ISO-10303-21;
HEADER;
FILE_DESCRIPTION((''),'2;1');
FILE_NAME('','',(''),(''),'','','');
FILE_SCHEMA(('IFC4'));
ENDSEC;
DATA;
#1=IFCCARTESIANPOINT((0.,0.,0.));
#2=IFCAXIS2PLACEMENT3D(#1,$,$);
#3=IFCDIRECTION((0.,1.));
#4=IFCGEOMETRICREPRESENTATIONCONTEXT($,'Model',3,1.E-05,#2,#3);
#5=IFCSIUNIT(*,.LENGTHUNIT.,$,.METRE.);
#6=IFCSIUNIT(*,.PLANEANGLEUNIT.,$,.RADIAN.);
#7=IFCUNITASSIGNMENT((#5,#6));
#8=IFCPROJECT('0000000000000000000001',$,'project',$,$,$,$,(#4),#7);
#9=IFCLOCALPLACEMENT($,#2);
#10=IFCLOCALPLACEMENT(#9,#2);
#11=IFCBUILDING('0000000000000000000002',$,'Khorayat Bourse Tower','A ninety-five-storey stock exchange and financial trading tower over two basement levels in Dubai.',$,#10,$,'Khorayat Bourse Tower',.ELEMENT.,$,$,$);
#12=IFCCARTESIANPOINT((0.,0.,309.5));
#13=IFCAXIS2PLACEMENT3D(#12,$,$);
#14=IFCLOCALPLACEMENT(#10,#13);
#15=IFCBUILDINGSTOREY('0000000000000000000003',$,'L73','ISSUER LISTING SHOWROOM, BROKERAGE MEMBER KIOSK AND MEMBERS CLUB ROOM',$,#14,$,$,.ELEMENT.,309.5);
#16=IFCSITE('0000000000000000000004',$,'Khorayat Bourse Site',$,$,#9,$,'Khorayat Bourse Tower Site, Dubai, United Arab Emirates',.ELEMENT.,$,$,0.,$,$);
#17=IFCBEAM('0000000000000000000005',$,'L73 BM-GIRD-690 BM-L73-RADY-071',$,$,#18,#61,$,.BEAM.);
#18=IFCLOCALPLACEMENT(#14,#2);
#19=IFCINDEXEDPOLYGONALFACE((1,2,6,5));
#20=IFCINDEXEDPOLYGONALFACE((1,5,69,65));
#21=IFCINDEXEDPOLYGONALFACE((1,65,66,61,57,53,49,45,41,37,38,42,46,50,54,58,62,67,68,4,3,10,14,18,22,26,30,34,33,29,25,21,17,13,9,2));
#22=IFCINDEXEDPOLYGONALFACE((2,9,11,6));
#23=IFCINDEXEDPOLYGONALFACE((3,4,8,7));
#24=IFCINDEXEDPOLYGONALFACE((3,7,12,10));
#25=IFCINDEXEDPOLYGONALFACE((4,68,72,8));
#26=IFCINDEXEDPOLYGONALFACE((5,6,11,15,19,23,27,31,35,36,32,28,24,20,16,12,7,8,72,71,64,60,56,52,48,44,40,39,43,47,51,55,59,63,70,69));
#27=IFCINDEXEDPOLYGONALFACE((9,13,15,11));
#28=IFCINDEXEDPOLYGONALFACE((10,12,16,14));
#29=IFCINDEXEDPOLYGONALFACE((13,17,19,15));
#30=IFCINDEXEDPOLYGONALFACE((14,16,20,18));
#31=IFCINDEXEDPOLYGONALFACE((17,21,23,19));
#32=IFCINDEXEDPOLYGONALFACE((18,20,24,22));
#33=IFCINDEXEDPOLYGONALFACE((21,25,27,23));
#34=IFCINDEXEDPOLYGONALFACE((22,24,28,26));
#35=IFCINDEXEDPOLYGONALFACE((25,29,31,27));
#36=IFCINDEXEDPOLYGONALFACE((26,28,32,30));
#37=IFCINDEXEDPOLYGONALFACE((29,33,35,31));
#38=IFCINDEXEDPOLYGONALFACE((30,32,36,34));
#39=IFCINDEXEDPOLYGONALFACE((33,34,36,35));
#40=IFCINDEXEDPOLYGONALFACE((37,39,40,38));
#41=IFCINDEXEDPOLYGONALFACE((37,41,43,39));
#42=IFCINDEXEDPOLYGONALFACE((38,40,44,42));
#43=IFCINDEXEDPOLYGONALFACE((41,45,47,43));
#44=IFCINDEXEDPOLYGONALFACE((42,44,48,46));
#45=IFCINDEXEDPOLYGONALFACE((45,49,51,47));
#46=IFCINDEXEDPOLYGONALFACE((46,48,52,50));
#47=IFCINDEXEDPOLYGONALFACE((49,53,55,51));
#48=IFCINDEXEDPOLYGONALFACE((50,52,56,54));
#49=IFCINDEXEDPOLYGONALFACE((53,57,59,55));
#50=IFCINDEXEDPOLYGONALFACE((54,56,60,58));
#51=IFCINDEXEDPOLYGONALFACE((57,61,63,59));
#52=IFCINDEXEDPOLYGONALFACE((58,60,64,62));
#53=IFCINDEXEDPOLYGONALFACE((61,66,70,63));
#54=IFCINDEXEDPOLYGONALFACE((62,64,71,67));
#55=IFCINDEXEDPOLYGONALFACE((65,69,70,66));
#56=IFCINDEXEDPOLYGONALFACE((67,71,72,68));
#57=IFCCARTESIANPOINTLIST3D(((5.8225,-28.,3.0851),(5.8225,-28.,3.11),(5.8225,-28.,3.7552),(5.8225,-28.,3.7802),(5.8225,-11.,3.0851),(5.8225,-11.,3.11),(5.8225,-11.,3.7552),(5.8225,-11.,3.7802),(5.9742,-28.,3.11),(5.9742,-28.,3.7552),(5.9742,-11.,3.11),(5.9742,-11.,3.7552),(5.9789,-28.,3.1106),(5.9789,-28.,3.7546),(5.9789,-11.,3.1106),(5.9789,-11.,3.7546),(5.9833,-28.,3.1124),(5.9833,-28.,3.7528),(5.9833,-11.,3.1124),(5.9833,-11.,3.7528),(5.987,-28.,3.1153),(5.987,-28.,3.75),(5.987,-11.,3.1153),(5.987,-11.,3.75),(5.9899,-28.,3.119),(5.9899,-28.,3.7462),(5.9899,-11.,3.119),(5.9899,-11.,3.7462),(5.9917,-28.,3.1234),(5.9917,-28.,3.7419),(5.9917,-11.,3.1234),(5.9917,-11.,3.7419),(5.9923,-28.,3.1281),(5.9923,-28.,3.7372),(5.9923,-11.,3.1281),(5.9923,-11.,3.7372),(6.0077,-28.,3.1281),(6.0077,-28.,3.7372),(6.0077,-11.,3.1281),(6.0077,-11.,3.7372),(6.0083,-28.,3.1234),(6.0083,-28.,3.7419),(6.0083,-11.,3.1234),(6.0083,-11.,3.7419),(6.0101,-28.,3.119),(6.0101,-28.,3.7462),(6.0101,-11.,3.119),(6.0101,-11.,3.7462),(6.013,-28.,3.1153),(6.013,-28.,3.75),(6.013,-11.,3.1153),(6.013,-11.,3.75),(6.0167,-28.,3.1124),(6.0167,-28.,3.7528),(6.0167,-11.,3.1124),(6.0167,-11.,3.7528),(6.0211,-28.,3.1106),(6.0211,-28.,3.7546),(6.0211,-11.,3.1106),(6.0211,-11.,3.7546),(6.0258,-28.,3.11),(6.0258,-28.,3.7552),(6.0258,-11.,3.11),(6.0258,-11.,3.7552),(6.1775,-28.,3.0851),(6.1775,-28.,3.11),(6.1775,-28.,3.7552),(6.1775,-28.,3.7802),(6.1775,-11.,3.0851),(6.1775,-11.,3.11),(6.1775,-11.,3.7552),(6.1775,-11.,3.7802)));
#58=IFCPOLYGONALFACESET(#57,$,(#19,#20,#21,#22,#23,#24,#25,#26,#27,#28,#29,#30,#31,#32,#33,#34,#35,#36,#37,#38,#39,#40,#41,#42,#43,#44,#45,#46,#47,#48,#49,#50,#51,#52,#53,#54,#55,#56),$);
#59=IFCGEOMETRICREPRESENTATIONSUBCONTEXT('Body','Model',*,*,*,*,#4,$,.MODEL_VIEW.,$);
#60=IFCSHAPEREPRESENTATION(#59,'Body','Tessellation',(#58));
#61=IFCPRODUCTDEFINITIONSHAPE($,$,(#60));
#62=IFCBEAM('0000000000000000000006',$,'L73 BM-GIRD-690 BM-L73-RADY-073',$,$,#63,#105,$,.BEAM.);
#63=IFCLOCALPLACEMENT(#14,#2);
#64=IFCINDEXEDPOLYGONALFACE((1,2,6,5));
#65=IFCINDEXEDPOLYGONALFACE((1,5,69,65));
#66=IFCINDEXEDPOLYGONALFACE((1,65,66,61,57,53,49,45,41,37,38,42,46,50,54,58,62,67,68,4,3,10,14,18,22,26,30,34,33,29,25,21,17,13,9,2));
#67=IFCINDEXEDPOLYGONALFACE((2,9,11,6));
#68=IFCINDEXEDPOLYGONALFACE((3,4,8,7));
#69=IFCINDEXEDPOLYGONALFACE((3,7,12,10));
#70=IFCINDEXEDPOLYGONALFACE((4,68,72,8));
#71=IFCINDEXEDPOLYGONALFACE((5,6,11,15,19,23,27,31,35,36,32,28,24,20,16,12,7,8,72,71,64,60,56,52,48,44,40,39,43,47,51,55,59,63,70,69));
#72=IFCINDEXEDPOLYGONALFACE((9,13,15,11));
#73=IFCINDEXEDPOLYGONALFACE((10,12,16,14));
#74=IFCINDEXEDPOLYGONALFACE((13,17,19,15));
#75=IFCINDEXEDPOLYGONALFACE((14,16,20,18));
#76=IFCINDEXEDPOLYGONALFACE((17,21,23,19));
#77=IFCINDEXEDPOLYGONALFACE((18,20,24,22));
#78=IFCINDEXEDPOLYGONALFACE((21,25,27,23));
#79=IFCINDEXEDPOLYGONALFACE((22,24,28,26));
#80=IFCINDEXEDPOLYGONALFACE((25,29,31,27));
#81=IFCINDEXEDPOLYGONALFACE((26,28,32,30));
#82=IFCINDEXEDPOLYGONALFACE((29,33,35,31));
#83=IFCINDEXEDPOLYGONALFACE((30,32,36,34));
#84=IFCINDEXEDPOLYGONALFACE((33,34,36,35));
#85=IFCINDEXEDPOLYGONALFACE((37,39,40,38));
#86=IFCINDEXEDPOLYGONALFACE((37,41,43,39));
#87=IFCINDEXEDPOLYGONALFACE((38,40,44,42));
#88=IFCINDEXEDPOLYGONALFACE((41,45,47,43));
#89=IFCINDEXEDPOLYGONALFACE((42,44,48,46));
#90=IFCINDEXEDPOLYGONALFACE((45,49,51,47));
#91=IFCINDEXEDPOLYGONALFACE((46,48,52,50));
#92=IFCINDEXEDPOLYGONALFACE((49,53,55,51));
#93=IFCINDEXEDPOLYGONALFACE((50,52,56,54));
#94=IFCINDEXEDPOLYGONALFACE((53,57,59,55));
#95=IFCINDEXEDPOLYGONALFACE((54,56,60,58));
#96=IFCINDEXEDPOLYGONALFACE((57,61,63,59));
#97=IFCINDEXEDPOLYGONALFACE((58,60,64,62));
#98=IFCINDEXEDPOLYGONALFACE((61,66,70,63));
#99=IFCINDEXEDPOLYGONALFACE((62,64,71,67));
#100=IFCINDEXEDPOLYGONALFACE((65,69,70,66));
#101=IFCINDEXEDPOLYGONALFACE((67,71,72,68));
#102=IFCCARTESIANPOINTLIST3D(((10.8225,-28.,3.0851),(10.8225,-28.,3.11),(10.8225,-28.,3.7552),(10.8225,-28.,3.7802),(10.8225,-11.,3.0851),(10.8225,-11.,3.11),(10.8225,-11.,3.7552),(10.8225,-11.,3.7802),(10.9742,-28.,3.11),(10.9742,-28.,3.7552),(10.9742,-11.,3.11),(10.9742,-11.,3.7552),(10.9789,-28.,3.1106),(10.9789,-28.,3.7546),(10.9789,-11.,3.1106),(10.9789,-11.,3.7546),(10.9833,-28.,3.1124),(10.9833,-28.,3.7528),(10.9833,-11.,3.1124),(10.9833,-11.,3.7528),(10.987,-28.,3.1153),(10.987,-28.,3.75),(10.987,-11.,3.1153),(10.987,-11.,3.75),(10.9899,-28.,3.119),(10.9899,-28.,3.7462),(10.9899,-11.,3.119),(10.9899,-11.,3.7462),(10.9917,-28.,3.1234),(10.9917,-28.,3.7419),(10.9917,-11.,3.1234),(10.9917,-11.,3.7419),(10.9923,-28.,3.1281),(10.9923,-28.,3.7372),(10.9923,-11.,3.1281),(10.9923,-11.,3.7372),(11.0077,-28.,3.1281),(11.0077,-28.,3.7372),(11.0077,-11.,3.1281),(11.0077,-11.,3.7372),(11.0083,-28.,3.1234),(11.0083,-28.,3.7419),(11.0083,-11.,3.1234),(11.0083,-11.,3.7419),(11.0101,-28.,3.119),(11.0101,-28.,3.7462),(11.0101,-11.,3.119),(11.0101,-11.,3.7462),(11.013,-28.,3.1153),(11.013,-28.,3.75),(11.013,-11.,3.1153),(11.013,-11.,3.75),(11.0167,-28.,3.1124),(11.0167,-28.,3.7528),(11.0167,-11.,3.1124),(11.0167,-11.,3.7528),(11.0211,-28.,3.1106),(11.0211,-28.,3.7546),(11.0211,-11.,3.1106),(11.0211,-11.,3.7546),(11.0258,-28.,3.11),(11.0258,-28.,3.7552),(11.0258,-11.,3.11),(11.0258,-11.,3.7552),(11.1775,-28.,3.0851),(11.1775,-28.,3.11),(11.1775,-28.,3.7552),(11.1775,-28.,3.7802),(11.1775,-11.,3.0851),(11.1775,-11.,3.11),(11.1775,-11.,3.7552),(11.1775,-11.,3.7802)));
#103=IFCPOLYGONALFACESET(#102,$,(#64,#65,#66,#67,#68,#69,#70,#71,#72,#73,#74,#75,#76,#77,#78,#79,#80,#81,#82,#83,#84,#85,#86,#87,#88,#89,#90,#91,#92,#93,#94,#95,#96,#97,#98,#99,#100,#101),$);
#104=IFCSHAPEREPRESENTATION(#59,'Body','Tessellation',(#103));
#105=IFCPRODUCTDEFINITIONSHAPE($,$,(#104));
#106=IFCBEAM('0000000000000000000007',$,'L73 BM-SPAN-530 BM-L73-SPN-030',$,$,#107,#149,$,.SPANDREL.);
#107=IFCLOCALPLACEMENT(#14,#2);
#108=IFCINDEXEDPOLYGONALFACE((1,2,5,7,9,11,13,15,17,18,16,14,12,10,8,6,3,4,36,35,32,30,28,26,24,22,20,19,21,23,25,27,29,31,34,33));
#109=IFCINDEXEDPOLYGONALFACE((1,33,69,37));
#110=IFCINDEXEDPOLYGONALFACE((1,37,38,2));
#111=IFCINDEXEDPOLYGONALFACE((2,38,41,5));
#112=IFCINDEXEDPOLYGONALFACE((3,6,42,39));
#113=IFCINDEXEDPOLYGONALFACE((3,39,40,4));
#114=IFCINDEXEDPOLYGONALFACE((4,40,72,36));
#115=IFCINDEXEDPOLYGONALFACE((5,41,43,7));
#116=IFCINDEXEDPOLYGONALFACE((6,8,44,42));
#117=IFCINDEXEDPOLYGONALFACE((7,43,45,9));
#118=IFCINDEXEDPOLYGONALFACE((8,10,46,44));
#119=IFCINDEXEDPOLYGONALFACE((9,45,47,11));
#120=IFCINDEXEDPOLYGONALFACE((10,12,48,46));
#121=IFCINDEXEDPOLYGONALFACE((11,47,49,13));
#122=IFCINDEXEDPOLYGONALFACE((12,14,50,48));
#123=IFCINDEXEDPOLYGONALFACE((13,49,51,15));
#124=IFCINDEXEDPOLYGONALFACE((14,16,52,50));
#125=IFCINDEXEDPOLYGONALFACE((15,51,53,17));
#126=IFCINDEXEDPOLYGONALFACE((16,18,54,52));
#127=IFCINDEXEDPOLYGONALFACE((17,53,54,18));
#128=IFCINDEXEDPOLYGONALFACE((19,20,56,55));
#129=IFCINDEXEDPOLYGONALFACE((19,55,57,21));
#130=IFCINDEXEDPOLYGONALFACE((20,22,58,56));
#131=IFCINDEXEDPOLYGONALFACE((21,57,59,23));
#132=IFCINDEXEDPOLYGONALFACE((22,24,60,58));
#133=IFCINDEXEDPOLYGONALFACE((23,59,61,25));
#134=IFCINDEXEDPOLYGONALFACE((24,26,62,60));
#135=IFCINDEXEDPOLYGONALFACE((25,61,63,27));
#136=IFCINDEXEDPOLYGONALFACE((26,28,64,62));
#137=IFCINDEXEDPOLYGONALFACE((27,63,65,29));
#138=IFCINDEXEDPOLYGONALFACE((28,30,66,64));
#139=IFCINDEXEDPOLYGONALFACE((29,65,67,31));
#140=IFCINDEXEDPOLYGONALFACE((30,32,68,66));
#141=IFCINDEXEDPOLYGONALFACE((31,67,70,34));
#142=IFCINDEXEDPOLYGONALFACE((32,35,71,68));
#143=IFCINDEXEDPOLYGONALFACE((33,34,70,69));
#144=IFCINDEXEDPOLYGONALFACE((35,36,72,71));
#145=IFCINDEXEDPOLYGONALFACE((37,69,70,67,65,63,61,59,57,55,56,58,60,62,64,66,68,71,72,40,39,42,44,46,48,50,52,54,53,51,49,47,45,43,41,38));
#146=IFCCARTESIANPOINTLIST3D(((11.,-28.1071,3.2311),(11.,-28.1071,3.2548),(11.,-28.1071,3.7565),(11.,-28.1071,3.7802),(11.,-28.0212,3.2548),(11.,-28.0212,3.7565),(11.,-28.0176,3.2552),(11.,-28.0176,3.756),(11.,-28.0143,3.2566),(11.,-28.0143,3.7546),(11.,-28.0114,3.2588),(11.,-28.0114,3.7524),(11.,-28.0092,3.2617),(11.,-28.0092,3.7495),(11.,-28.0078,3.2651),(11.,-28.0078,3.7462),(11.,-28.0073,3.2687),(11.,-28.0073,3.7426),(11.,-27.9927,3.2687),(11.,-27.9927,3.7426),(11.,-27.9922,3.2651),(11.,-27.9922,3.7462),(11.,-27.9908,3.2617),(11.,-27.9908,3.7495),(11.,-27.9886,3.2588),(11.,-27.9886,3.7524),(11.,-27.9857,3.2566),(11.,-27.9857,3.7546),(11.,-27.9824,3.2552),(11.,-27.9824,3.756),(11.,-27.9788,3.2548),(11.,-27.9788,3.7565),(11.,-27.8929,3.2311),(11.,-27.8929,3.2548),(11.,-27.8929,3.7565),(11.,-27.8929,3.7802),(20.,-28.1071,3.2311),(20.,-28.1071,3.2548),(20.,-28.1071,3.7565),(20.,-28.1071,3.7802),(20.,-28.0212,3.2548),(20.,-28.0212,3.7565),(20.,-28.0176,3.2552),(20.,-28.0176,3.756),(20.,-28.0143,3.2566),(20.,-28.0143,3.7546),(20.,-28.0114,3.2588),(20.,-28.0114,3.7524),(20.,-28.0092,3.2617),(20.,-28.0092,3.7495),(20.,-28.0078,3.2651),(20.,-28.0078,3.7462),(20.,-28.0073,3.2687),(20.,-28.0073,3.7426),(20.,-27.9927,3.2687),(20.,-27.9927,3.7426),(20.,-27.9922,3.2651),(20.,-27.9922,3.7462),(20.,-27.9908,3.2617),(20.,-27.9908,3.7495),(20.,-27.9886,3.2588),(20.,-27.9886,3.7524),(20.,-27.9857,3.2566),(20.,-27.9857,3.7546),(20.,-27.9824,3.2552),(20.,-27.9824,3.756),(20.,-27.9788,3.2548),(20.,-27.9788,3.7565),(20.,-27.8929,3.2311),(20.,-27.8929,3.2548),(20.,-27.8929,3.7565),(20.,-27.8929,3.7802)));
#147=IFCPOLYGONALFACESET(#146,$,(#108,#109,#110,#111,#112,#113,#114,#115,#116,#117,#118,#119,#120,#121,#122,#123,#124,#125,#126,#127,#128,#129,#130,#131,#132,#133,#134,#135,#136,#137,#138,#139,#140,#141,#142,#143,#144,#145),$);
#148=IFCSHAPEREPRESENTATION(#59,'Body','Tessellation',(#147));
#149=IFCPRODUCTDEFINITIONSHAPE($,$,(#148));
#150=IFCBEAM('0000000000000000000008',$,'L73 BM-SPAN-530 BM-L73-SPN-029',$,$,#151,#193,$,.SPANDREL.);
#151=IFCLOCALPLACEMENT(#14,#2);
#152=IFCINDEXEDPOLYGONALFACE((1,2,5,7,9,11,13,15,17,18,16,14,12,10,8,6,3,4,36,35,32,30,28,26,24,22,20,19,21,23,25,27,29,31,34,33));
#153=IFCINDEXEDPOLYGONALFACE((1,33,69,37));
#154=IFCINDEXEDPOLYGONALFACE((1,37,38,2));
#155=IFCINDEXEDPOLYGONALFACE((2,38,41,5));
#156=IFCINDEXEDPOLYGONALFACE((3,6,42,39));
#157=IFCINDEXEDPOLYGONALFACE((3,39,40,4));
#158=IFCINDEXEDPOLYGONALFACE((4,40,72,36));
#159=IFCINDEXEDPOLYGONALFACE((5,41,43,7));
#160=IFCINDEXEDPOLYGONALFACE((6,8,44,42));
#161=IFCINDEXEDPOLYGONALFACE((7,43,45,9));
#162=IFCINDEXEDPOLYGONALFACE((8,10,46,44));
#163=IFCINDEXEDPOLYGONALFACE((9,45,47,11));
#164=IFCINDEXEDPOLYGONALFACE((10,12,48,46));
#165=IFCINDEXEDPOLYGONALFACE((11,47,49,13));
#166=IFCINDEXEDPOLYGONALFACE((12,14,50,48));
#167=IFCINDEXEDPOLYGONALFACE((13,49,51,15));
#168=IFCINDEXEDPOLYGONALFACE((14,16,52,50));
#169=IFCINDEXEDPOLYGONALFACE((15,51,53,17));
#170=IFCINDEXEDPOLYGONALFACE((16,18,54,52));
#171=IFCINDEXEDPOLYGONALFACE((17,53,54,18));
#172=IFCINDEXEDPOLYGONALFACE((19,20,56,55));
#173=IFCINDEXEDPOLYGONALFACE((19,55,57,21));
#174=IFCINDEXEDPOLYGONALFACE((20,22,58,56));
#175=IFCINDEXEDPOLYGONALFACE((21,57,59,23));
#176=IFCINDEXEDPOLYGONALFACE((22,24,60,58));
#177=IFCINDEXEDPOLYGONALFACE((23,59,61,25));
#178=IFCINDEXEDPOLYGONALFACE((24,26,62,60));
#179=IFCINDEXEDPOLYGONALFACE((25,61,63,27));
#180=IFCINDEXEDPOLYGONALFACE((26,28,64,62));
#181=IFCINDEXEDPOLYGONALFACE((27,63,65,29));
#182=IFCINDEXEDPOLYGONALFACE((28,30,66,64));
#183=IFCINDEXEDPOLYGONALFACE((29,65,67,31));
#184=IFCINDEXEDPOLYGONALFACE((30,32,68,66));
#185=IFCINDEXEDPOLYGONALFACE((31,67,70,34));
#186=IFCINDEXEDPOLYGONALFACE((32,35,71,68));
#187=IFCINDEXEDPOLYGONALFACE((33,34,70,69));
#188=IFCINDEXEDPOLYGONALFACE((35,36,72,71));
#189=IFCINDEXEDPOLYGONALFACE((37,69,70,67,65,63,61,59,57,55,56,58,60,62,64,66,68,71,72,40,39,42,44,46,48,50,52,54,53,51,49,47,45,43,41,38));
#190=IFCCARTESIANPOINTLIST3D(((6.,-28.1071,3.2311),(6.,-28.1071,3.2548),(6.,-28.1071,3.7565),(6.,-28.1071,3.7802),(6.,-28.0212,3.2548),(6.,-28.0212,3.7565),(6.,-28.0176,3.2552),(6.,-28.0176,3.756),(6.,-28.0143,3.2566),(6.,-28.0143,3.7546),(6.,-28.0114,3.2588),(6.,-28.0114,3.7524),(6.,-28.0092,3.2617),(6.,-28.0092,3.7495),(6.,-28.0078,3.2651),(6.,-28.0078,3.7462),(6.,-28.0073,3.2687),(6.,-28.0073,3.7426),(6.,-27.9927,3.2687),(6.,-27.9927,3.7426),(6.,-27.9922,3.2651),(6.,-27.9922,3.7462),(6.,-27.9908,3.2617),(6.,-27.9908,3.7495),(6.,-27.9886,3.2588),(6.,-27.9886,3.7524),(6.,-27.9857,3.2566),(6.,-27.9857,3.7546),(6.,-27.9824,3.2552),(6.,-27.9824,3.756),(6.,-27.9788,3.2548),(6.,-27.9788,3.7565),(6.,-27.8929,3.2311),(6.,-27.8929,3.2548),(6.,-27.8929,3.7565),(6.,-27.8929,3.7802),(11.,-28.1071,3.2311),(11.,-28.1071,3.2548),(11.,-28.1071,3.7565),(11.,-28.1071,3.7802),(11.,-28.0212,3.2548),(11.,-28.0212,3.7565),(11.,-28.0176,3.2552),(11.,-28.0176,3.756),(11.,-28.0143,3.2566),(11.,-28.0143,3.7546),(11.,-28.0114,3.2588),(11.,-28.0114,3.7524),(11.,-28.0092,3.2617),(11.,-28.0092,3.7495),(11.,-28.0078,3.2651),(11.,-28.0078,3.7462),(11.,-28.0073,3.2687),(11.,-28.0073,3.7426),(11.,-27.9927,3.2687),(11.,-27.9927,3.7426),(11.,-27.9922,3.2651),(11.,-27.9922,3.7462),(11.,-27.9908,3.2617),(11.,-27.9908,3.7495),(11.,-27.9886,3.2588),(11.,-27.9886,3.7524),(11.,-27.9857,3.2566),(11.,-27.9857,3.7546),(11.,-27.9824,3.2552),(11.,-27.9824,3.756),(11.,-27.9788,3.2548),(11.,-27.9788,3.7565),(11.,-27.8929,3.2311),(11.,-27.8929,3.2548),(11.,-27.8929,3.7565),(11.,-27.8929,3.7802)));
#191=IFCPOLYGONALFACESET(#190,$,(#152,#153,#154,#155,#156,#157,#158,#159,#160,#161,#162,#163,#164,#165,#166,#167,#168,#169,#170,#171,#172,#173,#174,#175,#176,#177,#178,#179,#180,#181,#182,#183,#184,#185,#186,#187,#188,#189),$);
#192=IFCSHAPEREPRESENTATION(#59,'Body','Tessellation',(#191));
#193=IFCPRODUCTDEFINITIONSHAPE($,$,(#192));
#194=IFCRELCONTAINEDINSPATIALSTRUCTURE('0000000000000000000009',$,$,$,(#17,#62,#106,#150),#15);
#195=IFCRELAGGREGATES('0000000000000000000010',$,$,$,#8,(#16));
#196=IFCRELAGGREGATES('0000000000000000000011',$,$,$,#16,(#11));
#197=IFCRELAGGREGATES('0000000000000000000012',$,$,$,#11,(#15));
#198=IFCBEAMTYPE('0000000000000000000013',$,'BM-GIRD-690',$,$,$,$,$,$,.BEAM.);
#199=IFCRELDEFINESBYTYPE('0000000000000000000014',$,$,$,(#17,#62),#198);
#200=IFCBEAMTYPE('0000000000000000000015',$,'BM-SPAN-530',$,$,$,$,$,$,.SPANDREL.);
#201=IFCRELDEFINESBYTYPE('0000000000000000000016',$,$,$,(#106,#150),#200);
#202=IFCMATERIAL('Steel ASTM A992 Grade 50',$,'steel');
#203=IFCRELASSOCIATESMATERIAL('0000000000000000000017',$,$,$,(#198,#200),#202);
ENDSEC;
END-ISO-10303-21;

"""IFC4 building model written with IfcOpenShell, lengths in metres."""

from ifc_helpers import new_model, si_unit, direction, frame, origin, origin_2d, place, context, subcontext, project, spatial, i_section, extrude, source, transform, mapped, material, material_profile, profile_set, type_object, element, save


model = new_model("IFC4")

# Units and contexts
model_context = context("Model", 3, precision=1e-05, world=origin(), true_north=direction((0.0, 1.0)))
body_context = subcontext(model_context, "Body", "Model", "MODEL_VIEW")
ifc_project = project(units=[si_unit("LENGTHUNIT", "METRE"), si_unit("PLANEANGLEUNIT", "RADIAN")], contexts=[model_context])

# Site, building, storey
site_placement = place(None, origin())
site = spatial("IfcSite", under=ifc_project, at=site_placement, Name="Khorayat Bourse Site", LongName="Khorayat Bourse Tower Site, Dubai, United Arab Emirates", CompositionType="ELEMENT", RefElevation=0.0)
building_placement = place(site_placement, origin())
building = spatial("IfcBuilding", under=site, at=building_placement, Name="Khorayat Bourse Tower", Description="A ninety-five-storey stock exchange and financial trading tower over two basement levels in Dubai.", LongName="Khorayat Bourse Tower", CompositionType="ELEMENT")
storey_placement = place(building_placement, frame((0.0, 0.0, 309.5)))
storey = spatial("IfcBuildingStorey", under=building, at=storey_placement, Name="L73", Description="ISSUER LISTING SHOWROOM, BROKERAGE MEMBER KIOSK AND MEMBERS CLUB ROOM", CompositionType="ELEMENT", Elevation=309.5)

# Shared definitions
ifc_material_1 = material(Name="Steel ASTM A992 Grade 50", Category="steel")
ifc_material_profile_1 = material_profile(ifc_material_1, i_section(OverallWidth=0.355, OverallDepth=0.6951, WebThickness=0.0154, FlangeThickness=0.0249, FilletRadius=0.0181, at=origin_2d()), Name="W690X217")
ifc_profile_set_1 = profile_set([ifc_material_profile_1], Name="Steel ASTM A992 Grade 50")
beam_type_1 = type_object("IfcBeamType", Name="BM-GIRD-690", PredefinedType="BEAM", material=ifc_profile_set_1)

# Beams
shared_shape_1 = source(origin(), body_context, "Body", "SweptSolid", [
    extrude(i_section(OverallWidth=0.355, OverallDepth=0.6951, WebThickness=0.0154, FlangeThickness=0.0249, FilletRadius=0.0181, at=origin_2d()), origin(), (0.0, 0.0, 1.0), 17.0),
])
for number, where, z_axis, x_axis, name in (
    (1, (6.0, -28.0, 3.4326), (0.0, 1.0, 0.0), (-1.0, 0.0, 0.0), "L73 BM-GIRD-690 BM-L73-RADY-071"),
    (2, (11.0, -28.0, 3.4326), (0.0, 1.0, 0.0), (-1.0, 0.0, 0.0), "L73 BM-GIRD-690 BM-L73-RADY-073"),
):
    element("IfcBeam", number, at=place(storey_placement, frame(where, z_axis=z_axis, x_axis=x_axis)), inside=storey, type_object=beam_type_1, Name=name, PredefinedType="BEAM", context=body_context, shape_type="MappedRepresentation", body=[
        mapped(shared_shape_1, transform((0.0, 0.0, 0.0), scale=1.0)),
    ])
ifc_material_profile_2 = material_profile(ifc_material_1, i_section(OverallWidth=0.2141, OverallDepth=0.5491, WebThickness=0.0146, FlangeThickness=0.0237, FilletRadius=0.0139, at=origin_2d()), Name="W530X138")
ifc_profile_set_2 = profile_set([ifc_material_profile_2], Name="Steel ASTM A992 Grade 50")
beam_type_2 = type_object("IfcBeamType", Name="BM-SPAN-530", PredefinedType="SPANDREL", material=ifc_profile_set_2)
shared_shape_2 = source(origin(), body_context, "Body", "SweptSolid", [
    extrude(i_section(OverallWidth=0.2141, OverallDepth=0.5491, WebThickness=0.0146, FlangeThickness=0.0237, FilletRadius=0.0139, at=origin_2d()), origin(), (0.0, 0.0, 1.0), 9.0),
])
beam_1_placement = place(storey_placement, frame((11.0, -28.0, 3.5056), z_axis=(1.0, 0.0, 0.0), x_axis=(0.0, 1.0, 0.0)))
element("IfcBeam", 3, at=beam_1_placement, inside=storey, type_object=beam_type_2, Name="L73 BM-SPAN-530 BM-L73-SPN-030", PredefinedType="SPANDREL", context=body_context, shape_type="MappedRepresentation", body=[
    mapped(shared_shape_2, transform((0.0, 0.0, 0.0), scale=1.0)),
])
shared_shape_3 = source(origin(), body_context, "Body", "SweptSolid", [
    extrude(i_section(OverallWidth=0.2141, OverallDepth=0.5491, WebThickness=0.0146, FlangeThickness=0.0237, FilletRadius=0.0139, at=origin_2d()), origin(), (0.0, 0.0, 1.0), 5.0),
])
beam_2_placement = place(storey_placement, frame((6.0, -28.0, 3.5056), z_axis=(1.0, 0.0, 0.0), x_axis=(0.0, 1.0, 0.0)))
element("IfcBeam", 4, at=beam_2_placement, inside=storey, type_object=beam_type_2, Name="L73 BM-SPAN-530 BM-L73-SPN-029", PredefinedType="SPANDREL", context=body_context, shape_type="MappedRepresentation", body=[
    mapped(shared_shape_3, transform((0.0, 0.0, 0.0), scale=1.0)),
])

save(model, "model.ifc")
